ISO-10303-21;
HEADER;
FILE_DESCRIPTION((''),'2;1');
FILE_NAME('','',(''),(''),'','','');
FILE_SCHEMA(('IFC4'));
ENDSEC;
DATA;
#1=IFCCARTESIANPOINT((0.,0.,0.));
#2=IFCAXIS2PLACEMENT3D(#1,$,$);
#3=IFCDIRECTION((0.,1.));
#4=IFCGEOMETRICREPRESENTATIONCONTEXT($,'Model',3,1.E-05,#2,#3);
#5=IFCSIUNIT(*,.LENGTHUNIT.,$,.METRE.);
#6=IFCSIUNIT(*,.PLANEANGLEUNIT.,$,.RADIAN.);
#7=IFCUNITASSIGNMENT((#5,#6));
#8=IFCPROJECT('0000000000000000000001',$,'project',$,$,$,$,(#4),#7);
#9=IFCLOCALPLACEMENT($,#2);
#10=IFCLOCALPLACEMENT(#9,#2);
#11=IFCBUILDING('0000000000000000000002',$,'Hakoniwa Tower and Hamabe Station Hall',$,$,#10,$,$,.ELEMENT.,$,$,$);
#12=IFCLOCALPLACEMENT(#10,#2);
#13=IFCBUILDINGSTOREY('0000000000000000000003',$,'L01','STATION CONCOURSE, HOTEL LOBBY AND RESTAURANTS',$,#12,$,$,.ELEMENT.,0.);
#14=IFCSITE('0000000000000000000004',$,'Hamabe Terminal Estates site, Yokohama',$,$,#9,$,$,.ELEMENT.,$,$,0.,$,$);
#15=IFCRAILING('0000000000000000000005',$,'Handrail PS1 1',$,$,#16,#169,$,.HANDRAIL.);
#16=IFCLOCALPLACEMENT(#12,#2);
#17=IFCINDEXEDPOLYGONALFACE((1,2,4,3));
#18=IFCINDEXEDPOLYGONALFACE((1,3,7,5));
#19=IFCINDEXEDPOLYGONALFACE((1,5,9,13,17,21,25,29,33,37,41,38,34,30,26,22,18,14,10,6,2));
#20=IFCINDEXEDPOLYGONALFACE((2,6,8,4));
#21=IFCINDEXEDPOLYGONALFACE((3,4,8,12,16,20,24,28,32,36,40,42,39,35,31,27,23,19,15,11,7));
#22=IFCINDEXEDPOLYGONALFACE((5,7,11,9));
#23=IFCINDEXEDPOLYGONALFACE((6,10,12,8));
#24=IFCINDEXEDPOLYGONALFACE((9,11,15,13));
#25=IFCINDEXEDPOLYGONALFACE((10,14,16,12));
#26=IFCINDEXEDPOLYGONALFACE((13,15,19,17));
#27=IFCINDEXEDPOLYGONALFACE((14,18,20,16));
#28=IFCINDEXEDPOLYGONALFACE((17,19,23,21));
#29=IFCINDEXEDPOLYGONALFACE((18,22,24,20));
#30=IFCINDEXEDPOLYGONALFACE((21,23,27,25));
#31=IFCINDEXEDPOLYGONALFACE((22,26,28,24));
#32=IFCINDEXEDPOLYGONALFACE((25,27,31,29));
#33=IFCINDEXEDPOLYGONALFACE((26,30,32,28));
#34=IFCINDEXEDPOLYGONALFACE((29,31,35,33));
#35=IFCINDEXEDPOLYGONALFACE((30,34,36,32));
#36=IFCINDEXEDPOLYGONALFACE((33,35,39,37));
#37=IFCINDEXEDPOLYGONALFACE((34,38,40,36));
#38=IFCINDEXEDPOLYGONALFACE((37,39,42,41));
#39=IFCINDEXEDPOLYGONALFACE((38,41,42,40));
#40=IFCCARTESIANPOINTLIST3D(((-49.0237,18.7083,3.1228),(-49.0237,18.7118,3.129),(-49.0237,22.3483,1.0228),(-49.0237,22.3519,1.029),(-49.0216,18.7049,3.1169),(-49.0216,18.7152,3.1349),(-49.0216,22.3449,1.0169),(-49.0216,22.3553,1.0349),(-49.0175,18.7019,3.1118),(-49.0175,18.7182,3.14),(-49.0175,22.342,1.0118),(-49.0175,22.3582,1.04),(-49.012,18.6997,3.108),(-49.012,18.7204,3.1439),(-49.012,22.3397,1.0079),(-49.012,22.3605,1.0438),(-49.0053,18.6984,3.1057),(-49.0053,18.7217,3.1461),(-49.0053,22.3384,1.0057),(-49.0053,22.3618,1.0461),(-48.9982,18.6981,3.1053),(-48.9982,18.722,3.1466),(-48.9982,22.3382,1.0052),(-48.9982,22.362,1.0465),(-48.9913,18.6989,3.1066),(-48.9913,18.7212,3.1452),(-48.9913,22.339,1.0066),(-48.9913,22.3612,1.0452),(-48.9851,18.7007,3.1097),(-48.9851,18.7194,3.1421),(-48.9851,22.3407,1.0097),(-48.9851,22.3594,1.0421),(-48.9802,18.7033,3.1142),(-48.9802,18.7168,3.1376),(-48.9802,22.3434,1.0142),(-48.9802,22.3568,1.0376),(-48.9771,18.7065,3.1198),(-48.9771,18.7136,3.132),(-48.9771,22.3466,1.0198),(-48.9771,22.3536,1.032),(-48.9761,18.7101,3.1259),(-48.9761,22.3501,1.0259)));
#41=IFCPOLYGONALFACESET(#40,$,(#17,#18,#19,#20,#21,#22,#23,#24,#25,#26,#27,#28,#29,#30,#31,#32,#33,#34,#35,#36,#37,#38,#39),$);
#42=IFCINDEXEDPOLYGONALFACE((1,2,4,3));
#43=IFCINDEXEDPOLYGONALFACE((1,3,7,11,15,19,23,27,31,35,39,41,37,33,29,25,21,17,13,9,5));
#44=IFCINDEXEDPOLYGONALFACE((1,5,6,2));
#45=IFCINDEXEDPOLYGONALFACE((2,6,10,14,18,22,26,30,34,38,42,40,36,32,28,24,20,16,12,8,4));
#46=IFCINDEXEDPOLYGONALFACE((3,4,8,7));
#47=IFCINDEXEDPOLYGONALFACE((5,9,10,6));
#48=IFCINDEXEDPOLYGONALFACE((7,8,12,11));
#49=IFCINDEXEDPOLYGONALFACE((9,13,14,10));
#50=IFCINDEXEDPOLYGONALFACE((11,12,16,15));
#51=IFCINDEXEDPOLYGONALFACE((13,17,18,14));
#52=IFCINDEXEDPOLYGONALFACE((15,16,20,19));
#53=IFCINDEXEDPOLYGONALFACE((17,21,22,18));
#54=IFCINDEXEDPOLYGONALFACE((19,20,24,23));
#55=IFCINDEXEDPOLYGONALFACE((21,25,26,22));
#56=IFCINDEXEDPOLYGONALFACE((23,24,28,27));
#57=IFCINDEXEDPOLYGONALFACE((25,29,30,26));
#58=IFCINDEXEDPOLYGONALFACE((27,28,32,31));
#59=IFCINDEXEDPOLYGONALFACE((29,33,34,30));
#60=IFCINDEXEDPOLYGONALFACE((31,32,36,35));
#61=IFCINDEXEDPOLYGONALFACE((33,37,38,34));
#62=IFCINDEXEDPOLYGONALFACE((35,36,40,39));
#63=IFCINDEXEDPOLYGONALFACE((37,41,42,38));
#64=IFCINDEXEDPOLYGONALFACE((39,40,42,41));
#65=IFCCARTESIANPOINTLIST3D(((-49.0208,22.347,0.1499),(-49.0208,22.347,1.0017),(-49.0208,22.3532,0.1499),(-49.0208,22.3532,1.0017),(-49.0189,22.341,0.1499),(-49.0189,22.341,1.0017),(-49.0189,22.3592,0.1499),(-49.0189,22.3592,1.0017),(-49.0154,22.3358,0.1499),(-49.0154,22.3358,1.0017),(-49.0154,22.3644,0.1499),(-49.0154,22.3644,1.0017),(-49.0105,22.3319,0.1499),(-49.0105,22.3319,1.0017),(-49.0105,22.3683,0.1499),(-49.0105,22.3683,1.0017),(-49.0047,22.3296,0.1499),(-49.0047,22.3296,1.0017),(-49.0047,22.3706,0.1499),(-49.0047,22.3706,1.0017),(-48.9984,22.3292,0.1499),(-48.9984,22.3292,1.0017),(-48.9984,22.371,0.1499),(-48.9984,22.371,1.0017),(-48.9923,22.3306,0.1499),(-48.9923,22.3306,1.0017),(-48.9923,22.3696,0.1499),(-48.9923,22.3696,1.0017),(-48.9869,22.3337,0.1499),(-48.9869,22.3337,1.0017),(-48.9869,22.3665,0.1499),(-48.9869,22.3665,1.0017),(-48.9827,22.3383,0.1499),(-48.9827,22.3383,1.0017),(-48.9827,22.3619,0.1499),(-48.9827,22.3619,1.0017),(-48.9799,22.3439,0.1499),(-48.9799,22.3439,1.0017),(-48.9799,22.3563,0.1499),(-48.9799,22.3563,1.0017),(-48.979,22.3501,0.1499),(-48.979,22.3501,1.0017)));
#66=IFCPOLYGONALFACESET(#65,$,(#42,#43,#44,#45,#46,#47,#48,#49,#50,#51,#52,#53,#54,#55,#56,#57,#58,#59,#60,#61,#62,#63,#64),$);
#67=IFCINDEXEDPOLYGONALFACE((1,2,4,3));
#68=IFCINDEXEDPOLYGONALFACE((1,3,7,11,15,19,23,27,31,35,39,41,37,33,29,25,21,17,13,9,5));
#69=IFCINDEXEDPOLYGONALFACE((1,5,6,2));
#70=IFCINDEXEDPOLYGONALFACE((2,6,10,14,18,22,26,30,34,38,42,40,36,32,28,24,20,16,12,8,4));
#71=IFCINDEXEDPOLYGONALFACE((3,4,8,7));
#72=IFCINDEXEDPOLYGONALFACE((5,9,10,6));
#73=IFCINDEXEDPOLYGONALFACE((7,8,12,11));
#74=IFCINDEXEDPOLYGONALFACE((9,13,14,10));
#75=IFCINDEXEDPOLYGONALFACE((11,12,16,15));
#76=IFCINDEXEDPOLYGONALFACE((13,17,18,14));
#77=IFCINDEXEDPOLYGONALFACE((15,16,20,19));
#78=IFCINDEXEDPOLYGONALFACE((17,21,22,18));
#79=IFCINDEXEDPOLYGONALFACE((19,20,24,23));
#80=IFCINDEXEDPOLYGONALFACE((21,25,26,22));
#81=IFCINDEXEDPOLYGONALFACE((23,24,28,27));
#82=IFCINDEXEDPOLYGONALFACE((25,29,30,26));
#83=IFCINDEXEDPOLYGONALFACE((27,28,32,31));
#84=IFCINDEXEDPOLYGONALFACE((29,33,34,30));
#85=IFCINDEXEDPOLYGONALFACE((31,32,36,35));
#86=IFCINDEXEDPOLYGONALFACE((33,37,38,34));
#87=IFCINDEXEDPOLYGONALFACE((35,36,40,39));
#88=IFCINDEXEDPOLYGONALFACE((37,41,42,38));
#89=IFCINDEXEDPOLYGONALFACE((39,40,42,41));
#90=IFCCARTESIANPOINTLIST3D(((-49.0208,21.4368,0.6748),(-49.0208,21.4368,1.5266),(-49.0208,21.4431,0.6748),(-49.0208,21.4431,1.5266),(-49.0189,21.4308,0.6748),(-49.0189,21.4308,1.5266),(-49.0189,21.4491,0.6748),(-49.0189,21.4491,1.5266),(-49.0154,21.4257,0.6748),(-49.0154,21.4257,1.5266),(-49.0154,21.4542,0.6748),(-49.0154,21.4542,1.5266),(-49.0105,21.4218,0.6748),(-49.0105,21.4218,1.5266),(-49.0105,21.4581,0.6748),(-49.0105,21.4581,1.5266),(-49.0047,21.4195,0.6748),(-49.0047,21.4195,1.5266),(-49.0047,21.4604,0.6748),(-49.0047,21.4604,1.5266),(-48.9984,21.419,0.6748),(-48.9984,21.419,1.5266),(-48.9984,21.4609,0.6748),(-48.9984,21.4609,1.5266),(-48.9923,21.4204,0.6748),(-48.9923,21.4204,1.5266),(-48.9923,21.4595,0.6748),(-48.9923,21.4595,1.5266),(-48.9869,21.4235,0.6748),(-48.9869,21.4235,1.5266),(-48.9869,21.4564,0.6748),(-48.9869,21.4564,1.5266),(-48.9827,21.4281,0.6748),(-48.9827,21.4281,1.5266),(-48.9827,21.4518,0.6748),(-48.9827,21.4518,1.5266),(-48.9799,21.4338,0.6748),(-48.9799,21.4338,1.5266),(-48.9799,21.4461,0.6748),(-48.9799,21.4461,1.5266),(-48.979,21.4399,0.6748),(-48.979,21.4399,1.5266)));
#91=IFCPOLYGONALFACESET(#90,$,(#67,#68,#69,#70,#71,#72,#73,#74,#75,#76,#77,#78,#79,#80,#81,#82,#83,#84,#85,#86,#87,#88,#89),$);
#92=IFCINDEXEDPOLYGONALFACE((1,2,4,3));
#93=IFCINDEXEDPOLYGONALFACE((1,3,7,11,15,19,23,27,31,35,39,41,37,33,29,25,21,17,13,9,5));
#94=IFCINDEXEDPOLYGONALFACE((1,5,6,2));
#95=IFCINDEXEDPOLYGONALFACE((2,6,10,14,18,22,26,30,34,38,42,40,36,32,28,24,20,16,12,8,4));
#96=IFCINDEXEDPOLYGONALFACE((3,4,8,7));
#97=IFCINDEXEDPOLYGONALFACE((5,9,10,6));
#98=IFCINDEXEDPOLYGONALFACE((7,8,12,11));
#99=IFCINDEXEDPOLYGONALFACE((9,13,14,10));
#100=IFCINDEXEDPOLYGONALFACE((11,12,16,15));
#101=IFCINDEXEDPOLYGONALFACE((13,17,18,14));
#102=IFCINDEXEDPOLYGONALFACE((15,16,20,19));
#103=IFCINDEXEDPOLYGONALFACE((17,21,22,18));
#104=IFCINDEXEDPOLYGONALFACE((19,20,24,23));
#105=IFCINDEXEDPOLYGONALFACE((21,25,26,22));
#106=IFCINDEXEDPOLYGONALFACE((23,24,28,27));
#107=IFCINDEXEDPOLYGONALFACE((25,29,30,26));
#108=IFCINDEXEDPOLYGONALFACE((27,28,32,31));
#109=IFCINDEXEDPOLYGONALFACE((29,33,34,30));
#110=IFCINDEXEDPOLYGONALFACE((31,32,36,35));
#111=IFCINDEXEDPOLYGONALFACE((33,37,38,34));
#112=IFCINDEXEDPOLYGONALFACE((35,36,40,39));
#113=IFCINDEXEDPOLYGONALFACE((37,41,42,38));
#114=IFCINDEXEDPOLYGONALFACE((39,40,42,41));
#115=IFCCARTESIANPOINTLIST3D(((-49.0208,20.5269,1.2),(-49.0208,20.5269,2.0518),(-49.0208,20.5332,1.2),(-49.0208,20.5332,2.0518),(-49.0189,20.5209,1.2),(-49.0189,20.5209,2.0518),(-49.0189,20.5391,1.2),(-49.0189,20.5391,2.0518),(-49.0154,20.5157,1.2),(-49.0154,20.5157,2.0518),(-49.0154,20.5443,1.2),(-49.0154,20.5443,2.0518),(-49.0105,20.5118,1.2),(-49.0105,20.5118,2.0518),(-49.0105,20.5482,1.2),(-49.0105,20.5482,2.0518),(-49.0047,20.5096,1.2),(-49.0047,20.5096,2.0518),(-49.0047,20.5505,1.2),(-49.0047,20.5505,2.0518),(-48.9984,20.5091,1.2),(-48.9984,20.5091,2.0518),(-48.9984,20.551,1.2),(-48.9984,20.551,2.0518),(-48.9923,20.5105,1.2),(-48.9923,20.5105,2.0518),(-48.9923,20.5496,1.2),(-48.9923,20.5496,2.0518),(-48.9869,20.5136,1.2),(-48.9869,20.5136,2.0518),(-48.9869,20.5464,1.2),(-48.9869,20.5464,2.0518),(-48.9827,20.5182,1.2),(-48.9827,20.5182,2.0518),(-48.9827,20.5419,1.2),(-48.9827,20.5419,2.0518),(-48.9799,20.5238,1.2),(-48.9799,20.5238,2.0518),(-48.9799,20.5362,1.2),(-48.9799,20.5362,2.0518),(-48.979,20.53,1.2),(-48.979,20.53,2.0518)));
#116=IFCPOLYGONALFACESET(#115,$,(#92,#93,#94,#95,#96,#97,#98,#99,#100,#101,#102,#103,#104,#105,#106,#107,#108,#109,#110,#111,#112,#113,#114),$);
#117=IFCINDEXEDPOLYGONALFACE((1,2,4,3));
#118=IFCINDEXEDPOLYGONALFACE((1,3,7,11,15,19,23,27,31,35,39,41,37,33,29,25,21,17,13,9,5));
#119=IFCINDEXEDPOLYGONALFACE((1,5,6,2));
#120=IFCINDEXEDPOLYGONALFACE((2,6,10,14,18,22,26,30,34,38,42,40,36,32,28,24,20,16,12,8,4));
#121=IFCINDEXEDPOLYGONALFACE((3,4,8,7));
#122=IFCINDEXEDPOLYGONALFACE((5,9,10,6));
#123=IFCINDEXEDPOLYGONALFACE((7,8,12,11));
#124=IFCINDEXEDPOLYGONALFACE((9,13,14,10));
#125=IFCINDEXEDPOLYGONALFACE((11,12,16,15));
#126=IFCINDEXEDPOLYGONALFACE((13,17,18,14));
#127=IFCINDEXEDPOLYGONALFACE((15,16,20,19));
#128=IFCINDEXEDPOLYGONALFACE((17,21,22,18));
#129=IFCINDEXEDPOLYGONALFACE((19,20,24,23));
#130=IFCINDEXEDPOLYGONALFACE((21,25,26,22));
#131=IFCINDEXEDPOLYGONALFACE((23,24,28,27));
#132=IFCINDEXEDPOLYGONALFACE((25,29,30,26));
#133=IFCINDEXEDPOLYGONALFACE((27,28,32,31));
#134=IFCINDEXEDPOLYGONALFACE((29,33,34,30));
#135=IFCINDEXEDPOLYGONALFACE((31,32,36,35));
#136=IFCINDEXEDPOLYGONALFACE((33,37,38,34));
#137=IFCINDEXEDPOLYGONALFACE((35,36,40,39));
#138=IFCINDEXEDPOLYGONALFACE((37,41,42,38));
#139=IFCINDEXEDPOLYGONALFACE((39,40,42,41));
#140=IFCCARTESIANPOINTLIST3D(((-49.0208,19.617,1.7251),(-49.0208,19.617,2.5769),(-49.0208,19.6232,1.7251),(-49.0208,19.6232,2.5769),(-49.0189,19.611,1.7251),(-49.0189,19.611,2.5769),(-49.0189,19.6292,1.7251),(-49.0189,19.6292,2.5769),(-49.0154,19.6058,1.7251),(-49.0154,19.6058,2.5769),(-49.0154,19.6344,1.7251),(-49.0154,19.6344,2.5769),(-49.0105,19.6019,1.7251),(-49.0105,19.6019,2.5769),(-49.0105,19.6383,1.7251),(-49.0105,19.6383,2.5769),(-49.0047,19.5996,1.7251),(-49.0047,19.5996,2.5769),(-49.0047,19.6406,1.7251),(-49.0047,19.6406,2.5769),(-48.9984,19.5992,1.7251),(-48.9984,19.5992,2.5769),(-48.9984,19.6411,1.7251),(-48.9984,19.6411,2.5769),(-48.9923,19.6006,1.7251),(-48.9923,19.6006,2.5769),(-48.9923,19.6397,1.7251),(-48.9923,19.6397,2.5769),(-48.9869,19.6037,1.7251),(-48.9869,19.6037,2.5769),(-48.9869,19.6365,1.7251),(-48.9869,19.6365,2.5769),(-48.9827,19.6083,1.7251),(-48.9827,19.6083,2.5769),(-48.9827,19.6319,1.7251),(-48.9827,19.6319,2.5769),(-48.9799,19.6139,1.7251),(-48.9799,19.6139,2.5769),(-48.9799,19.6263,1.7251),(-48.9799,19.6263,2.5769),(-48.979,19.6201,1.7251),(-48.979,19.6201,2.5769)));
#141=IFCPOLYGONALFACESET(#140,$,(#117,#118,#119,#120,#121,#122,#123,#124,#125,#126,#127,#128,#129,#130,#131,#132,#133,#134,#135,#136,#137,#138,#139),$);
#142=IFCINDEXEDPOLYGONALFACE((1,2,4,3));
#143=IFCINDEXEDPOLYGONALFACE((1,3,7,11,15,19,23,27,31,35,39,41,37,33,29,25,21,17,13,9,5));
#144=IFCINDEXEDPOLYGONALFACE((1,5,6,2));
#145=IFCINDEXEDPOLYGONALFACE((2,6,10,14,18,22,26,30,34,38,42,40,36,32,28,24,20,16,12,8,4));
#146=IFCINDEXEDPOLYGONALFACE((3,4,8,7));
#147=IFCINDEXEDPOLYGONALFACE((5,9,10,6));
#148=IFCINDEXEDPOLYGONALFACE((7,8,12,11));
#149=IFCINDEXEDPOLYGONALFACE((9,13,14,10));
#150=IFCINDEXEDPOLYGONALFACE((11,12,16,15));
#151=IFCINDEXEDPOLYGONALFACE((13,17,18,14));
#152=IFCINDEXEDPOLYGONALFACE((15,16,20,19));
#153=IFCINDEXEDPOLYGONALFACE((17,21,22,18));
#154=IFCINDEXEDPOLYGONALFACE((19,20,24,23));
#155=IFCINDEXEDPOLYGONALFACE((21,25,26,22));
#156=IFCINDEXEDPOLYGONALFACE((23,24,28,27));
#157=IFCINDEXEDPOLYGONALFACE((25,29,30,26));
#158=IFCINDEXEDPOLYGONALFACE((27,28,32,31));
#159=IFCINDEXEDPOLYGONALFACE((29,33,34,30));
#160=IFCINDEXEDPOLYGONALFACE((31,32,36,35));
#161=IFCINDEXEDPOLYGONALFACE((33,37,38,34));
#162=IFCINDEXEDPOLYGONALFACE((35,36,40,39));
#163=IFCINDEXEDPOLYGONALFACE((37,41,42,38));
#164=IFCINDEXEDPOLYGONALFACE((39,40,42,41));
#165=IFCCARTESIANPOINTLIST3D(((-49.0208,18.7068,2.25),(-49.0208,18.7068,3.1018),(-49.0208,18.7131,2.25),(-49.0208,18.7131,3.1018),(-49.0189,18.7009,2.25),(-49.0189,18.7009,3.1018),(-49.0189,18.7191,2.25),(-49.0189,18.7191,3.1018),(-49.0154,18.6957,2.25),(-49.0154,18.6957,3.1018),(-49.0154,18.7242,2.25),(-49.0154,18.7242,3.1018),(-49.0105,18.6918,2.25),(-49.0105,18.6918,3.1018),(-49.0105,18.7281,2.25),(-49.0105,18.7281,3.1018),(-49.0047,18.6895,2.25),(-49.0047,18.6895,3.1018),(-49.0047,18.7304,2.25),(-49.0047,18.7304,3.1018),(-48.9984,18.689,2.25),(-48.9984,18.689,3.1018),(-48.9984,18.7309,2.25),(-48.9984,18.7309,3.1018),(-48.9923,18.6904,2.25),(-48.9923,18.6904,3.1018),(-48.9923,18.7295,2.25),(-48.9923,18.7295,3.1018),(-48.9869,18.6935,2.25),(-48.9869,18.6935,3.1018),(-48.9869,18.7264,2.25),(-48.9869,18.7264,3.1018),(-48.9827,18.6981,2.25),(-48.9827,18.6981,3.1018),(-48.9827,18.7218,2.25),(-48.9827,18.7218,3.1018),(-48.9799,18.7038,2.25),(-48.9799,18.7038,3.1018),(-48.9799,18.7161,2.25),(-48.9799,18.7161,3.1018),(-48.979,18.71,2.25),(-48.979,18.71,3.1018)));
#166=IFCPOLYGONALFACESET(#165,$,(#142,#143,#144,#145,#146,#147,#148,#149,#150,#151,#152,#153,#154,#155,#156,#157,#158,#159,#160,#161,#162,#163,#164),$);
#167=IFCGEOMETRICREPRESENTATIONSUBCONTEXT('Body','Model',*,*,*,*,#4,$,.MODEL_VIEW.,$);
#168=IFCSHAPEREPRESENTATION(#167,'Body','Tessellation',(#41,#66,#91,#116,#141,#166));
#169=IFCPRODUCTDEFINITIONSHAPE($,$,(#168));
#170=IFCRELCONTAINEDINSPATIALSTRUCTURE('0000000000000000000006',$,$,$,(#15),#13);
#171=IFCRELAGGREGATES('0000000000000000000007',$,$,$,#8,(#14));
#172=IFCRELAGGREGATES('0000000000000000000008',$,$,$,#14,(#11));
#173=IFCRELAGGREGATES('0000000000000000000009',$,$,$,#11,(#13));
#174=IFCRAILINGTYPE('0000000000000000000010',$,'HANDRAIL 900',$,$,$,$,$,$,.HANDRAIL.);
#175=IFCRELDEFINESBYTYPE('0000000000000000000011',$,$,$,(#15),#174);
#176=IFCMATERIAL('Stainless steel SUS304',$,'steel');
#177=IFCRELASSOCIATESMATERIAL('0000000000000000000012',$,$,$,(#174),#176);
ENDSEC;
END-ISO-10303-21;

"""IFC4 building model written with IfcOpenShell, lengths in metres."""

from ifc_helpers import new_model, si_unit, direction, frame, origin, origin_2d, place, context, subcontext, project, spatial, circle, extrude, material, type_object, element, save


model = new_model("IFC4")

# Units and contexts
model_context = context("Model", 3, precision=1e-05, world=origin(), true_north=direction((0.0, 1.0)))
body_context = subcontext(model_context, "Body", "Model", "MODEL_VIEW")
ifc_project = project(units=[si_unit("LENGTHUNIT", "METRE"), si_unit("PLANEANGLEUNIT", "RADIAN")], contexts=[model_context])

# Site, building, storey
site_placement = place(None, origin())
site = spatial("IfcSite", under=ifc_project, at=site_placement, Name="Hamabe Terminal Estates site, Yokohama", CompositionType="ELEMENT", RefElevation=0.0)
building_placement = place(site_placement, origin())
building = spatial("IfcBuilding", under=site, at=building_placement, Name="Hakoniwa Tower and Hamabe Station Hall", CompositionType="ELEMENT")
storey_placement = place(building_placement, origin())
storey = spatial("IfcBuildingStorey", under=building, at=storey_placement, Name="L01", Description="STATION CONCOURSE, HOTEL LOBBY AND RESTAURANTS", CompositionType="ELEMENT", Elevation=0.0)

# Railing
ifc_material_1 = material(Name="Stainless steel SUS304", Category="steel")
railing_type_1 = type_object("IfcRailingType", Name="HANDRAIL 900", PredefinedType="HANDRAIL", material=ifc_material_1)
for number, where, name in (
    (1, (-49.0, 22.3501, 0.1499), "Handrail PS1 1"),
):
    element("IfcRailing", number, at=place(storey_placement, frame(where)), inside=storey, type_object=railing_type_1, Name=name, PredefinedType="HANDRAIL", context=body_context, shape_type="SweptSolid", body=[
        extrude(circle(Radius=0.0239, at=origin_2d()), frame((0.0, 0.0, 0.876), z_axis=(0.0, -0.866184, 0.499726), x_axis=(1.0, 0.0, 0.0)), (0.0, 0.0, 1.0), 4.2024),
        extrude(circle(Radius=0.021, at=origin_2d()), origin(), (0.0, 0.0, 1.0), 0.8518),
        extrude(circle(Radius=0.021, at=origin_2d()), frame((0.0, -0.9102, 0.5249)), (0.0, 0.0, 1.0), 0.8518),
        extrude(circle(Radius=0.021, at=origin_2d()), frame((0.0, -1.8201, 1.05)), (0.0, 0.0, 1.0), 0.8518),
        extrude(circle(Radius=0.021, at=origin_2d()), frame((0.0, -2.73, 1.5752)), (0.0, 0.0, 1.0), 0.8518),
        extrude(circle(Radius=0.021, at=origin_2d()), frame((0.0, -3.6401, 2.1001)), (0.0, 0.0, 1.0), 0.8518),
    ])

save(model, "model.ifc")
